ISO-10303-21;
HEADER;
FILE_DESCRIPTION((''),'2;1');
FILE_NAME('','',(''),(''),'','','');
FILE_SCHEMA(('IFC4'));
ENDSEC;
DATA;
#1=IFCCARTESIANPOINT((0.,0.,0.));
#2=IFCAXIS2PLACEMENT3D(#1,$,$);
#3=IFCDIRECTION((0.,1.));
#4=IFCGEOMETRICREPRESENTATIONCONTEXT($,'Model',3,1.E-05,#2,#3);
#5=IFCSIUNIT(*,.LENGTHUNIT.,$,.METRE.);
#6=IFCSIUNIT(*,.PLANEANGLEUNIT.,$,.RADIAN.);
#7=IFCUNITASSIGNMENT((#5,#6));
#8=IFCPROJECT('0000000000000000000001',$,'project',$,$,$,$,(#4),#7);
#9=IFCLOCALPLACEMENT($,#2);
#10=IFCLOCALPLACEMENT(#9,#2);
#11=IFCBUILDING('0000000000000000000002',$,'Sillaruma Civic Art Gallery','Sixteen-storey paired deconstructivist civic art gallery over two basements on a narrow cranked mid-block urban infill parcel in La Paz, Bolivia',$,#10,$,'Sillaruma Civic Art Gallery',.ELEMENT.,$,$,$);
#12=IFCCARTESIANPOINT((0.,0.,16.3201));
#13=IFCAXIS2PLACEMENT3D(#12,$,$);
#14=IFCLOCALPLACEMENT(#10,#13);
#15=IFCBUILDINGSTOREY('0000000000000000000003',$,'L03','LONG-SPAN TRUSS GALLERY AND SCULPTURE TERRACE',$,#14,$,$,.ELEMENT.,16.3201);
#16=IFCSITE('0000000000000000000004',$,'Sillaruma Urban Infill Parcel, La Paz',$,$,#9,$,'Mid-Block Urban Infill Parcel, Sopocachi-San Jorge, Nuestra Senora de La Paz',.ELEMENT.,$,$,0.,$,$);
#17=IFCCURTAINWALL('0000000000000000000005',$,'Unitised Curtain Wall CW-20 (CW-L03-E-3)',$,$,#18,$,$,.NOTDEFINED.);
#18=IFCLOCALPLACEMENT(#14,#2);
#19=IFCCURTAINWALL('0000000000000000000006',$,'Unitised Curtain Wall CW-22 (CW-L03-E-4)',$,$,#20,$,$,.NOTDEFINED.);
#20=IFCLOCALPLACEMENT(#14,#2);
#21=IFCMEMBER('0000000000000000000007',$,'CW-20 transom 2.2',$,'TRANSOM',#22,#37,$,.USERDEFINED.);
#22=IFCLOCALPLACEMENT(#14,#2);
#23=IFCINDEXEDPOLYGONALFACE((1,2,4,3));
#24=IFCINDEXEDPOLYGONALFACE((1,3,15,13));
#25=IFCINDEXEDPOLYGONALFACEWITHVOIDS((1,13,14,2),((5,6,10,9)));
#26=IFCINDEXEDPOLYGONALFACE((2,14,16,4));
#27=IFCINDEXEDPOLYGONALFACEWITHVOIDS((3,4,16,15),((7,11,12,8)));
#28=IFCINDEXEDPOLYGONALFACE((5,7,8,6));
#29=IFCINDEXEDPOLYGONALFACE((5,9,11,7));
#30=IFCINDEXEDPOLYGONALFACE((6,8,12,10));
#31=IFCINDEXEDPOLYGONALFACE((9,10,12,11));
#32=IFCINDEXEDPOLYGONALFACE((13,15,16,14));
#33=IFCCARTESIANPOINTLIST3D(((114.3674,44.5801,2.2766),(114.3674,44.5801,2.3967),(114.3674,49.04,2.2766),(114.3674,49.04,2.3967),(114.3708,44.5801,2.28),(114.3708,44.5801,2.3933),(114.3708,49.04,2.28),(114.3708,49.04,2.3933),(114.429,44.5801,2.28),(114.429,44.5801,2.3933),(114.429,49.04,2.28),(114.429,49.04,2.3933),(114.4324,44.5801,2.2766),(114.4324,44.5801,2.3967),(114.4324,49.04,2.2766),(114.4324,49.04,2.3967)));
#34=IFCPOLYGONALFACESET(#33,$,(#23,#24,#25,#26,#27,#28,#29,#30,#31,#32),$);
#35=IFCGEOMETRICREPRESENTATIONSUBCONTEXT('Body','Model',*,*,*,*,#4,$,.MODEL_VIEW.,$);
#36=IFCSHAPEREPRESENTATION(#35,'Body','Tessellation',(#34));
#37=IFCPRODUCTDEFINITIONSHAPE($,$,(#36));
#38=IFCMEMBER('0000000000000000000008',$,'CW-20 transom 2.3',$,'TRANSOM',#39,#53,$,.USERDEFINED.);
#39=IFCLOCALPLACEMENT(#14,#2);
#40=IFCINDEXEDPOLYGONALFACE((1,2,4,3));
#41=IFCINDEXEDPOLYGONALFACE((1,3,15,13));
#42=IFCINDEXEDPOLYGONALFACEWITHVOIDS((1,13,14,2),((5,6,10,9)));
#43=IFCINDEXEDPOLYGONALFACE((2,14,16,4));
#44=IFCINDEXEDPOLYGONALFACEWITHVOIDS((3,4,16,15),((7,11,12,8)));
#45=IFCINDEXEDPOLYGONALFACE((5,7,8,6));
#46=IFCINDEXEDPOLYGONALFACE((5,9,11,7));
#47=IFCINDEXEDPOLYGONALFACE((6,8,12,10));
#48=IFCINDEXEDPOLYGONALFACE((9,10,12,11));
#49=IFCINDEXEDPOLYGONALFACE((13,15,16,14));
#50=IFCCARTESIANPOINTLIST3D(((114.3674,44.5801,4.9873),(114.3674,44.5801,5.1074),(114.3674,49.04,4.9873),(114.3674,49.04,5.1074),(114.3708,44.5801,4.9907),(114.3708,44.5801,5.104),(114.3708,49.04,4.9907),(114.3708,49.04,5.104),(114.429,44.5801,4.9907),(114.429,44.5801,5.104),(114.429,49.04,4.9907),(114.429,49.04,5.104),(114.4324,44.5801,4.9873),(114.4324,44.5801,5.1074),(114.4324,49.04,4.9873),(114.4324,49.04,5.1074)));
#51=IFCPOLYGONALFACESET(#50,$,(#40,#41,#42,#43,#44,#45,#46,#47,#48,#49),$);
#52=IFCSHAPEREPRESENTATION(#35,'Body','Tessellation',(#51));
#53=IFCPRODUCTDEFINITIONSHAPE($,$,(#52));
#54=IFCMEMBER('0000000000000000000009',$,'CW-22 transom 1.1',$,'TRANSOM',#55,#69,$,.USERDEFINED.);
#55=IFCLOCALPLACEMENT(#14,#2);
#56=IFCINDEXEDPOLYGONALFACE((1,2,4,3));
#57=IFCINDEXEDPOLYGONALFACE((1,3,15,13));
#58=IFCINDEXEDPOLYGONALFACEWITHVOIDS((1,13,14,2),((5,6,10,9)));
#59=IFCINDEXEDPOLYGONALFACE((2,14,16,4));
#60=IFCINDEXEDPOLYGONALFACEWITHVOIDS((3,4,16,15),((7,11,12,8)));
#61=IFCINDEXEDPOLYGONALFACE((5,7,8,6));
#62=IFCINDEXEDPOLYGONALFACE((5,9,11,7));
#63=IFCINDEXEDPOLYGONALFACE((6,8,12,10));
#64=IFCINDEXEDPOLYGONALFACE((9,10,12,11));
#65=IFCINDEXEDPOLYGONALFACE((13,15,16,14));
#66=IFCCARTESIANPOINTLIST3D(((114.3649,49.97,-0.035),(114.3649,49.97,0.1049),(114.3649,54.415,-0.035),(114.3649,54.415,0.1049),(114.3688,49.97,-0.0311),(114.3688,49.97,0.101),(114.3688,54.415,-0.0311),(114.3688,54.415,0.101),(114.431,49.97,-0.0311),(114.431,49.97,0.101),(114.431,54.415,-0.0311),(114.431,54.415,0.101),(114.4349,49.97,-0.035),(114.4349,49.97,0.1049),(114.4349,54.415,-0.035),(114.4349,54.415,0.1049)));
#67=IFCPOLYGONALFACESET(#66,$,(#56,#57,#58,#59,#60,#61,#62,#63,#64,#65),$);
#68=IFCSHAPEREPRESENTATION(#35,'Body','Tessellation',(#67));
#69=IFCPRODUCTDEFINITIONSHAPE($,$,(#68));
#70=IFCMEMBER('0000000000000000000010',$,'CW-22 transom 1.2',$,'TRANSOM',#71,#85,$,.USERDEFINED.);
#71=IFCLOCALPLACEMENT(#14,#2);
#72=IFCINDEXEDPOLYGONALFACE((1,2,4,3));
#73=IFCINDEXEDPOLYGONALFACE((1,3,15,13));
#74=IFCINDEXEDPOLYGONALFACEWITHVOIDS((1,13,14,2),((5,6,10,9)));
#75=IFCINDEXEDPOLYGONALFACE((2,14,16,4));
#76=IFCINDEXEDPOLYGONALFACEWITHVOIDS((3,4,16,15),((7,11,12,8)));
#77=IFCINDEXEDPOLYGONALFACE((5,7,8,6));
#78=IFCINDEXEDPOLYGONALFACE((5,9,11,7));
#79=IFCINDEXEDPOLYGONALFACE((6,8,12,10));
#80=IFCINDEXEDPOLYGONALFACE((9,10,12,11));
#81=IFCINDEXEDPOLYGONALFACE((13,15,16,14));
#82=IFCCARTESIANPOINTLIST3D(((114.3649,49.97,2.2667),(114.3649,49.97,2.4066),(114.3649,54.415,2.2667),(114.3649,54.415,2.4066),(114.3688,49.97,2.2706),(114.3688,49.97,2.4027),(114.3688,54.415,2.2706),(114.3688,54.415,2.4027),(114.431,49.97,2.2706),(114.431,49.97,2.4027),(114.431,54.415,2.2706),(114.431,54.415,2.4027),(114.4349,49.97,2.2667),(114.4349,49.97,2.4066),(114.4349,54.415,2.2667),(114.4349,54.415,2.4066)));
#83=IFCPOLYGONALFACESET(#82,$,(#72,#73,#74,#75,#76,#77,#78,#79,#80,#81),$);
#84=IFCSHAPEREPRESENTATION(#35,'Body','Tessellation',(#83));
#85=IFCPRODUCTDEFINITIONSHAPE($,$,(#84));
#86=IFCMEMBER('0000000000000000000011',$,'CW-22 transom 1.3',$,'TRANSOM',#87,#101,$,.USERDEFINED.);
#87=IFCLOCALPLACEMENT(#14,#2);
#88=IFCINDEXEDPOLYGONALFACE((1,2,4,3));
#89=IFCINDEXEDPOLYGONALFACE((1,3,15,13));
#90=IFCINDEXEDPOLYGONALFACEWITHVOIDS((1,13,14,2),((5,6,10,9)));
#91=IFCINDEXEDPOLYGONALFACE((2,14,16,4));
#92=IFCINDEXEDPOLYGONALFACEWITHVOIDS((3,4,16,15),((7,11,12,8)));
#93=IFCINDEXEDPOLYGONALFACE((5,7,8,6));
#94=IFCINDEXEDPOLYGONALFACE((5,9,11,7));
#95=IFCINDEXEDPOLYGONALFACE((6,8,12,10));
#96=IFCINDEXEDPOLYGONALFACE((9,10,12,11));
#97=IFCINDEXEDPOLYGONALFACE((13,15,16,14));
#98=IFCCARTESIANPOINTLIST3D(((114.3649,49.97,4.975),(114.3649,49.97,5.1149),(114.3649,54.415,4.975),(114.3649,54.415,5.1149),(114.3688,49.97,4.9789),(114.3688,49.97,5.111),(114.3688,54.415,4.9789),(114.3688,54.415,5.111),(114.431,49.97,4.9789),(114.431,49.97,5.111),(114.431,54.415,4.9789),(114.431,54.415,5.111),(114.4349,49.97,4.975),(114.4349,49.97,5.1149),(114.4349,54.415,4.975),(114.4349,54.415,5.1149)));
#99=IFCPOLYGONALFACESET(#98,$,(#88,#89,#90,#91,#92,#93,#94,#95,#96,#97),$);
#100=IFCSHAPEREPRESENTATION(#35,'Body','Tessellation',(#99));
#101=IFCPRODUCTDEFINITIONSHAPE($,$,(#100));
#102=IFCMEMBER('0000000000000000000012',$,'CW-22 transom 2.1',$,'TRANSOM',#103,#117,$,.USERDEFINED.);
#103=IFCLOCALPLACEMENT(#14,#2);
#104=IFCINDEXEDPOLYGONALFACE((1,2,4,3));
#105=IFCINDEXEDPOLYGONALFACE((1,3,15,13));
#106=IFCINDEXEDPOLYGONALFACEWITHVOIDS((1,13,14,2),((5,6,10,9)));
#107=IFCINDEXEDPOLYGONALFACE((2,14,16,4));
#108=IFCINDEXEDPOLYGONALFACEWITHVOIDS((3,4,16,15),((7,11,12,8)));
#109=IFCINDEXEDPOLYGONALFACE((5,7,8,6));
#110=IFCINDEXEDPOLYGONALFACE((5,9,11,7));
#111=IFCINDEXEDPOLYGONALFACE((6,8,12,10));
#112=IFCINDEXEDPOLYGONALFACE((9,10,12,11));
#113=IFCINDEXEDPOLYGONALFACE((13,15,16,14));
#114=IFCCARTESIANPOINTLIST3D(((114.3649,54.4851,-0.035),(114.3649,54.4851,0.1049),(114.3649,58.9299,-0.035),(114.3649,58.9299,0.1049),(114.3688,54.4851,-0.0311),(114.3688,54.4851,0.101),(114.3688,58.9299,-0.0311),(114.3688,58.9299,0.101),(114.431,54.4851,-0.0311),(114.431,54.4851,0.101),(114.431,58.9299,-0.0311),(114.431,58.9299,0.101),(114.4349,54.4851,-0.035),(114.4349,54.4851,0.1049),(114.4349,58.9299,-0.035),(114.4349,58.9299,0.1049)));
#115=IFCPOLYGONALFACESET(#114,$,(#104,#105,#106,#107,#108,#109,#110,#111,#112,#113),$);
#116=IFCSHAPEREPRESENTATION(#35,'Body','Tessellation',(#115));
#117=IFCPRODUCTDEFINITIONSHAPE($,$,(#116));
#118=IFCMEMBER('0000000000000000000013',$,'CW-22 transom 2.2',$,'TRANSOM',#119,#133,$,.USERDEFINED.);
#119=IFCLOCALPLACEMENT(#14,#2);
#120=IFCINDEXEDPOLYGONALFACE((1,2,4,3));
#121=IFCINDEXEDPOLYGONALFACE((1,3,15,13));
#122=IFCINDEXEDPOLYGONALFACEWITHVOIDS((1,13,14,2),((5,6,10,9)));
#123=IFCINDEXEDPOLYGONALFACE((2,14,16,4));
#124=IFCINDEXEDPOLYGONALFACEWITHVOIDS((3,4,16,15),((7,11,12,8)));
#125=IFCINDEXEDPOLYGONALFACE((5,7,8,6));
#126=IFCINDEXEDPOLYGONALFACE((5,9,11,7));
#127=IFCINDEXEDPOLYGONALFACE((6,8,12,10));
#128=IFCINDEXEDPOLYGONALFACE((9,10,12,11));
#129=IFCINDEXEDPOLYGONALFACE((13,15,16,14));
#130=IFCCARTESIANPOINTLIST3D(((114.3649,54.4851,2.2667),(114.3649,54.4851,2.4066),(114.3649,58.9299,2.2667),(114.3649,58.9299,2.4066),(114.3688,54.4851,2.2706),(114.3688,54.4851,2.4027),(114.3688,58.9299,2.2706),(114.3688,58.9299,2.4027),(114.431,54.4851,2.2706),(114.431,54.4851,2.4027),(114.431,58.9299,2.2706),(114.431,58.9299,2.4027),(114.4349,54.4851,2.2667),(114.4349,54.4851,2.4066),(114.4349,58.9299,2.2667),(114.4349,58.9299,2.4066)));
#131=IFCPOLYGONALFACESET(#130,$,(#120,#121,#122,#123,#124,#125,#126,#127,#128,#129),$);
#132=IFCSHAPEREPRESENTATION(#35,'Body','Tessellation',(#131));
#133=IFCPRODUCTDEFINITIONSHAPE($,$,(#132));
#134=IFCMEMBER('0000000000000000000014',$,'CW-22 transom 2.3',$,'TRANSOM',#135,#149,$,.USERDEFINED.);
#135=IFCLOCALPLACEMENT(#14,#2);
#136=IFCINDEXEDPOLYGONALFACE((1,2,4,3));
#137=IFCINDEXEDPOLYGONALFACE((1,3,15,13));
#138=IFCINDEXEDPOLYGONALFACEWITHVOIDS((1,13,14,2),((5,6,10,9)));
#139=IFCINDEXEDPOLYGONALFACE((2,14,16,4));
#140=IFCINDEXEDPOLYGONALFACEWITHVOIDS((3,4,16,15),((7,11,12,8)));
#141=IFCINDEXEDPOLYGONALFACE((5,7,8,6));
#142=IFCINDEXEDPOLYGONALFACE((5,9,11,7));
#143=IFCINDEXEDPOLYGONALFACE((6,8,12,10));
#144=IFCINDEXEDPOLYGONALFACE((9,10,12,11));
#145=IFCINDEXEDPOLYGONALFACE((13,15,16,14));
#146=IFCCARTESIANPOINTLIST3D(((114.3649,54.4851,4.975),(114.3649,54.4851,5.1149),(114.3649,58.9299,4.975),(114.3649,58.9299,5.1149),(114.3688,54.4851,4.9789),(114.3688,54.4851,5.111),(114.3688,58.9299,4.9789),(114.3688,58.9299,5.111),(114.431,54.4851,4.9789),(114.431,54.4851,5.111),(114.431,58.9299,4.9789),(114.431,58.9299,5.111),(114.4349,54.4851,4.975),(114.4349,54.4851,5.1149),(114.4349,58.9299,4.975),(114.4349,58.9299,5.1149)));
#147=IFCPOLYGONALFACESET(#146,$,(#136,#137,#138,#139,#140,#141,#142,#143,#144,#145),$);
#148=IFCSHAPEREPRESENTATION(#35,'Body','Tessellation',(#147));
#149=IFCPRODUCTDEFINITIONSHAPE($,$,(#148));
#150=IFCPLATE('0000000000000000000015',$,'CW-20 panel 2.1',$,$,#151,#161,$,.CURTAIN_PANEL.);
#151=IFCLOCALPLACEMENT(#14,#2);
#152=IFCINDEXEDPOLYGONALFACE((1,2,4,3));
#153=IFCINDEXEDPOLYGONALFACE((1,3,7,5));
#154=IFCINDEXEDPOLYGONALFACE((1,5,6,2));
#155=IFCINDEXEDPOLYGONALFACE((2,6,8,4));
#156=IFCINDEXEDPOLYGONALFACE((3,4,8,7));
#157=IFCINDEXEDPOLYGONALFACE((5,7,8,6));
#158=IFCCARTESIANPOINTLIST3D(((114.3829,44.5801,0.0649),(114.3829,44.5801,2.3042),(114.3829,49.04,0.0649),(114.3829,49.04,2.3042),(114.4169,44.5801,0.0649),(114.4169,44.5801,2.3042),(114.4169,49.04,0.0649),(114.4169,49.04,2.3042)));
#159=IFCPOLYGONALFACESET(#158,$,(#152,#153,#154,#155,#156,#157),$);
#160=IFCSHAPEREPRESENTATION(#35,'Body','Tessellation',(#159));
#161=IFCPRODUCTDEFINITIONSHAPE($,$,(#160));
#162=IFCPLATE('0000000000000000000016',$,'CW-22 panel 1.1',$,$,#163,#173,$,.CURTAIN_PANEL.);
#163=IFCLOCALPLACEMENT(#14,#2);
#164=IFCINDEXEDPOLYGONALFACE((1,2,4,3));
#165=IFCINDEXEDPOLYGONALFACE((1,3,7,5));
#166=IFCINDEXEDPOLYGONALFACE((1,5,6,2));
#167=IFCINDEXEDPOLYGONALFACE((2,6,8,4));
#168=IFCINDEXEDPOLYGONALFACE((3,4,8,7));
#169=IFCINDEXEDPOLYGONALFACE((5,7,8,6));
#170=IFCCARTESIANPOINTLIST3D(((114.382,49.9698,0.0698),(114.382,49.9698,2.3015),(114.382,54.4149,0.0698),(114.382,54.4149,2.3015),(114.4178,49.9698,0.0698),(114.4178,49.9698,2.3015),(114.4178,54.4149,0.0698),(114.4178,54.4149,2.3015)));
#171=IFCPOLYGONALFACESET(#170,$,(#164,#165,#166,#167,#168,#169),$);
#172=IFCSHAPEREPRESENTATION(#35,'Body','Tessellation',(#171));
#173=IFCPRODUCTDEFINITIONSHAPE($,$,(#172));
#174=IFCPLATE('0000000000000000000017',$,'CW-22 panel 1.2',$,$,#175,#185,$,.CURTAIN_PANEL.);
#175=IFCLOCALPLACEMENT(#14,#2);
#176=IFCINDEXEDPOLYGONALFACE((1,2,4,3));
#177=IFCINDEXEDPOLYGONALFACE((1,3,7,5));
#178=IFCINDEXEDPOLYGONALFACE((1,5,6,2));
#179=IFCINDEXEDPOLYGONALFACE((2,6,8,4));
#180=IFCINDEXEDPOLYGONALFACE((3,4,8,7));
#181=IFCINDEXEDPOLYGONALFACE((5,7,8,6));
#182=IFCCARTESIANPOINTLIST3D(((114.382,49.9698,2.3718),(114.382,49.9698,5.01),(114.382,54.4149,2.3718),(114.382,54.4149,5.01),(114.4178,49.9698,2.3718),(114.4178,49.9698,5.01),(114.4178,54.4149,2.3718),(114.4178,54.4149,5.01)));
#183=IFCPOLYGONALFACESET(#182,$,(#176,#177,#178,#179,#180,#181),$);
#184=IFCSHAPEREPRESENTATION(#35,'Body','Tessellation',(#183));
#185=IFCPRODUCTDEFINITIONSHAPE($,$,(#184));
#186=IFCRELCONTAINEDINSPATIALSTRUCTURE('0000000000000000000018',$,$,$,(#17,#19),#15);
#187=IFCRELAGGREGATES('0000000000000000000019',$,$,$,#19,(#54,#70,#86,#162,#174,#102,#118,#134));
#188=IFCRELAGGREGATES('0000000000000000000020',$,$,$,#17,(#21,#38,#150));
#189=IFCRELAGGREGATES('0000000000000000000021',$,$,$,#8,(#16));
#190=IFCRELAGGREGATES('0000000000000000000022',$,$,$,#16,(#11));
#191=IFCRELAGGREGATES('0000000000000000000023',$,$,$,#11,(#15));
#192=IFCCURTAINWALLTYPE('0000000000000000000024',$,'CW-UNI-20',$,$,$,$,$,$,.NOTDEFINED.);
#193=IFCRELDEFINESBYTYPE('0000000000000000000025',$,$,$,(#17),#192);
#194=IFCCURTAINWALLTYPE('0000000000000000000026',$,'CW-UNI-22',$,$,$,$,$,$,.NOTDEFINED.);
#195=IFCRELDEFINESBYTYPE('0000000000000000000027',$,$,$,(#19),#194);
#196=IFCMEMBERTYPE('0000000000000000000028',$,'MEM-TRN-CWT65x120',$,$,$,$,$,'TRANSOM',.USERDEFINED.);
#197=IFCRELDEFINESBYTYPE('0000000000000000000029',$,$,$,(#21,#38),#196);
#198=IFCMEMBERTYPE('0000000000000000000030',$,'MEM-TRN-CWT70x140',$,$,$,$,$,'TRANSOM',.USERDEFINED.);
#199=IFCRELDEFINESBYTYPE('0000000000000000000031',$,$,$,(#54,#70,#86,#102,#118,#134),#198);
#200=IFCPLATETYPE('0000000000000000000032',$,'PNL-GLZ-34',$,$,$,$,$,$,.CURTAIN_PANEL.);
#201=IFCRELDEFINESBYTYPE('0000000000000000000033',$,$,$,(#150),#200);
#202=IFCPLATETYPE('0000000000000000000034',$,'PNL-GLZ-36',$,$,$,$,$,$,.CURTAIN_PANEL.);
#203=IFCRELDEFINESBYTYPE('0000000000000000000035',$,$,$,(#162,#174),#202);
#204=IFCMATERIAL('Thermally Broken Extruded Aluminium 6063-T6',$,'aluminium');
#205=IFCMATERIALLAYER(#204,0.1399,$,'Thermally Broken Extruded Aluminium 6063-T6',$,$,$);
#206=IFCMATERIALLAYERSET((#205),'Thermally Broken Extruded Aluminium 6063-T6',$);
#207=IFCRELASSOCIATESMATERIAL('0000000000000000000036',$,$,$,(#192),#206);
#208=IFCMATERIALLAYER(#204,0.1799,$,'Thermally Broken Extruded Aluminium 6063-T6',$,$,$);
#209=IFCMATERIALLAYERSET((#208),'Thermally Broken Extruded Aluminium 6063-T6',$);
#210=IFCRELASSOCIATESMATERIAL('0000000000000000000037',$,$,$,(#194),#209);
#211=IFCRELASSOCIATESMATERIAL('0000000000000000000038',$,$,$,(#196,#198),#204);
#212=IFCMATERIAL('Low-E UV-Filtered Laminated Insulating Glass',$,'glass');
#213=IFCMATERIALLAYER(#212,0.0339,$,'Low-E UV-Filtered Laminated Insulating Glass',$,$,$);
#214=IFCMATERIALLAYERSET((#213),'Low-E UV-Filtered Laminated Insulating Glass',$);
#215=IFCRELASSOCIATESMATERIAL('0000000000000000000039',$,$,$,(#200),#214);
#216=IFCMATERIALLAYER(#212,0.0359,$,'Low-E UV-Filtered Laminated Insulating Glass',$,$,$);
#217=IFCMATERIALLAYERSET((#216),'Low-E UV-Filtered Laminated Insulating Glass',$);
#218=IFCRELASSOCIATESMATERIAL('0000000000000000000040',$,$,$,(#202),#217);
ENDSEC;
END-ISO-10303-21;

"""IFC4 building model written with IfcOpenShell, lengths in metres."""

from ifc_helpers import new_model, si_unit, direction, frame, origin, origin_2d, place, context, subcontext, project, spatial, rectangle, hollow_rectangle, extrude, material, layer, layer_set, material_profile, profile_set, type_object, element, aggregate, save


model = new_model("IFC4")

# Units and contexts
model_context = context("Model", 3, precision=1e-05, world=origin(), true_north=direction((0.0, 1.0)))
body_context = subcontext(model_context, "Body", "Model", "MODEL_VIEW")
ifc_project = project(units=[si_unit("LENGTHUNIT", "METRE"), si_unit("PLANEANGLEUNIT", "RADIAN")], contexts=[model_context])

# Site, building, storey
site_placement = place(None, origin())
site = spatial("IfcSite", under=ifc_project, at=site_placement, Name="Sillaruma Urban Infill Parcel, La Paz", LongName="Mid-Block Urban Infill Parcel, Sopocachi-San Jorge, Nuestra Senora de La Paz", CompositionType="ELEMENT", RefElevation=0.0)
building_placement = place(site_placement, origin())
building = spatial("IfcBuilding", under=site, at=building_placement, Name="Sillaruma Civic Art Gallery", Description="Sixteen-storey paired deconstructivist civic art gallery over two basements on a narrow cranked mid-block urban infill parcel in La Paz, Bolivia", LongName="Sillaruma Civic Art Gallery", CompositionType="ELEMENT")
storey_placement = place(building_placement, frame((0.0, 0.0, 16.3201)))
storey = spatial("IfcBuildingStorey", under=building, at=storey_placement, Name="L03", Description="LONG-SPAN TRUSS GALLERY AND SCULPTURE TERRACE", CompositionType="ELEMENT", Elevation=16.3201)

# Curtain wall
ifc_material_1 = material(Name="Thermally Broken Extruded Aluminium 6063-T6", Category="aluminium")
ifc_layer_1 = layer(ifc_material_1, 0.1399, Name="Thermally Broken Extruded Aluminium 6063-T6")
ifc_layer_set_1 = layer_set([ifc_layer_1], Name="Thermally Broken Extruded Aluminium 6063-T6")
curtain_wall_type_1 = type_object("IfcCurtainWallType", Name="CW-UNI-20", PredefinedType="NOTDEFINED", material=ifc_layer_set_1)
curtain_wall_1_placement = place(storey_placement, origin())
curtain_wall_1 = element("IfcCurtainWall", 1, at=curtain_wall_1_placement, inside=storey, type_object=curtain_wall_type_1, Name="Unitised Curtain Wall CW-20 (CW-L03-E-3)", PredefinedType="NOTDEFINED")

# Curtain wall
ifc_layer_2 = layer(ifc_material_1, 0.1799, Name="Thermally Broken Extruded Aluminium 6063-T6")
ifc_layer_set_2 = layer_set([ifc_layer_2], Name="Thermally Broken Extruded Aluminium 6063-T6")
curtain_wall_type_2 = type_object("IfcCurtainWallType", Name="CW-UNI-22", PredefinedType="NOTDEFINED", material=ifc_layer_set_2)
curtain_wall_2_placement = place(storey_placement, origin())
curtain_wall_2 = element("IfcCurtainWall", 2, at=curtain_wall_2_placement, inside=storey, type_object=curtain_wall_type_2, Name="Unitised Curtain Wall CW-22 (CW-L03-E-4)", PredefinedType="NOTDEFINED")

# Members
ifc_material_profile_1 = material_profile(ifc_material_1, hollow_rectangle(XDim=0.0649, YDim=0.1201, WallThickness=0.0034, at=origin_2d()), Name="CWT65x120")
ifc_profile_set_1 = profile_set([ifc_material_profile_1], Name="Thermally Broken Extruded Aluminium 6063-T6")
member_type_1 = type_object("IfcMemberType", Name="MEM-TRN-CWT65x120", ElementType="TRANSOM", PredefinedType="USERDEFINED", material=ifc_profile_set_1)
member_1_placement = place(storey_placement, frame((114.3999, 44.5801, 2.3367), z_axis=(0.0, 1.0, 0.0), x_axis=(-1.0, 0.0, 0.0)))
member_1 = element("IfcMember", 3, at=member_1_placement, type_object=member_type_1, Name="CW-20 transom 2.2", ObjectType="TRANSOM", PredefinedType="USERDEFINED", context=body_context, shape_type="SweptSolid", body=[
    extrude(hollow_rectangle(XDim=0.0649, YDim=0.1201, WallThickness=0.0034, at=origin_2d()), origin(), (0.0, 0.0, 1.0), 4.46),
])
member_2_placement = place(storey_placement, frame((114.3999, 44.5801, 5.0474), z_axis=(0.0, 1.0, 0.0), x_axis=(-1.0, 0.0, 0.0)))
member_2 = element("IfcMember", 4, at=member_2_placement, type_object=member_type_1, Name="CW-20 transom 2.3", ObjectType="TRANSOM", PredefinedType="USERDEFINED", context=body_context, shape_type="SweptSolid", body=[
    extrude(hollow_rectangle(XDim=0.0649, YDim=0.1201, WallThickness=0.0034, at=origin_2d()), origin(), (0.0, 0.0, 1.0), 4.46),
])
ifc_material_profile_2 = material_profile(ifc_material_1, hollow_rectangle(XDim=0.0701, YDim=0.1399, WallThickness=0.0039, at=origin_2d()), Name="CWT70x140")
ifc_profile_set_2 = profile_set([ifc_material_profile_2], Name="Thermally Broken Extruded Aluminium 6063-T6")
member_type_2 = type_object("IfcMemberType", Name="MEM-TRN-CWT70x140", ElementType="TRANSOM", PredefinedType="USERDEFINED", material=ifc_profile_set_2)
member_3_placement = place(storey_placement, frame((114.3999, 49.97, 0.0349), z_axis=(0.0, 1.0, 0.0), x_axis=(-1.0, 0.0, 0.0)))
member_3 = element("IfcMember", 5, at=member_3_placement, type_object=member_type_2, Name="CW-22 transom 1.1", ObjectType="TRANSOM", PredefinedType="USERDEFINED", context=body_context, shape_type="SweptSolid", body=[
    extrude(hollow_rectangle(XDim=0.0701, YDim=0.1399, WallThickness=0.0039, at=origin_2d()), origin(), (0.0, 0.0, 1.0), 4.4451),
])
member_4_placement = place(storey_placement, frame((114.3999, 49.97, 2.3367), z_axis=(0.0, 1.0, 0.0), x_axis=(-1.0, 0.0, 0.0)))
member_4 = element("IfcMember", 6, at=member_4_placement, type_object=member_type_2, Name="CW-22 transom 1.2", ObjectType="TRANSOM", PredefinedType="USERDEFINED", context=body_context, shape_type="SweptSolid", body=[
    extrude(hollow_rectangle(XDim=0.0701, YDim=0.1399, WallThickness=0.0039, at=origin_2d()), origin(), (0.0, 0.0, 1.0), 4.4451),
])
member_5_placement = place(storey_placement, frame((114.3999, 49.97, 5.0449), z_axis=(0.0, 1.0, 0.0), x_axis=(-1.0, 0.0, 0.0)))
member_5 = element("IfcMember", 7, at=member_5_placement, type_object=member_type_2, Name="CW-22 transom 1.3", ObjectType="TRANSOM", PredefinedType="USERDEFINED", context=body_context, shape_type="SweptSolid", body=[
    extrude(hollow_rectangle(XDim=0.0701, YDim=0.1399, WallThickness=0.0039, at=origin_2d()), origin(), (0.0, 0.0, 1.0), 4.4451),
])
member_6_placement = place(storey_placement, frame((114.3999, 54.4851, 0.0349), z_axis=(0.0, 1.0, 0.0), x_axis=(-1.0, 0.0, 0.0)))
member_6 = element("IfcMember", 8, at=member_6_placement, type_object=member_type_2, Name="CW-22 transom 2.1", ObjectType="TRANSOM", PredefinedType="USERDEFINED", context=body_context, shape_type="SweptSolid", body=[
    extrude(hollow_rectangle(XDim=0.0701, YDim=0.1399, WallThickness=0.0039, at=origin_2d()), origin(), (0.0, 0.0, 1.0), 4.4448),
])
member_7_placement = place(storey_placement, frame((114.3999, 54.4851, 2.3367), z_axis=(0.0, 1.0, 0.0), x_axis=(-1.0, 0.0, 0.0)))
member_7 = element("IfcMember", 9, at=member_7_placement, type_object=member_type_2, Name="CW-22 transom 2.2", ObjectType="TRANSOM", PredefinedType="USERDEFINED", context=body_context, shape_type="SweptSolid", body=[
    extrude(hollow_rectangle(XDim=0.0701, YDim=0.1399, WallThickness=0.0039, at=origin_2d()), origin(), (0.0, 0.0, 1.0), 4.4448),
])
member_8_placement = place(storey_placement, frame((114.3999, 54.4851, 5.0449), z_axis=(0.0, 1.0, 0.0), x_axis=(-1.0, 0.0, 0.0)))
member_8 = element("IfcMember", 10, at=member_8_placement, type_object=member_type_2, Name="CW-22 transom 2.3", ObjectType="TRANSOM", PredefinedType="USERDEFINED", context=body_context, shape_type="SweptSolid", body=[
    extrude(hollow_rectangle(XDim=0.0701, YDim=0.1399, WallThickness=0.0039, at=origin_2d()), origin(), (0.0, 0.0, 1.0), 4.4448),
])

# Plates
ifc_material_2 = material(Name="Low-E UV-Filtered Laminated Insulating Glass", Category="glass")
ifc_layer_3 = layer(ifc_material_2, 0.0339, Name="Low-E UV-Filtered Laminated Insulating Glass")
ifc_layer_set_3 = layer_set([ifc_layer_3], Name="Low-E UV-Filtered Laminated Insulating Glass")
plate_type_1 = type_object("IfcPlateType", Name="PNL-GLZ-34", PredefinedType="CURTAIN_PANEL", material=ifc_layer_set_3)
plate_1_placement = place(storey_placement, frame((114.3999, 46.8101, 0.0649), z_axis=(0.0, 0.0, 1.0), x_axis=(0.0, 1.0, 0.0)))
plate_1 = element("IfcPlate", 11, at=plate_1_placement, type_object=plate_type_1, Name="CW-20 panel 2.1", PredefinedType="CURTAIN_PANEL", context=body_context, shape_type="SweptSolid", body=[
    extrude(rectangle(XDim=4.46, YDim=0.0339, at=origin_2d()), origin(), (0.0, 0.0, 1.0), 2.2393),
])
ifc_layer_4 = layer(ifc_material_2, 0.0359, Name="Low-E UV-Filtered Laminated Insulating Glass")
ifc_layer_set_4 = layer_set([ifc_layer_4], Name="Low-E UV-Filtered Laminated Insulating Glass")
plate_type_2 = type_object("IfcPlateType", Name="PNL-GLZ-36", PredefinedType="CURTAIN_PANEL", material=ifc_layer_set_4)
plate_2_placement = place(storey_placement, frame((114.3999, 52.1924, 0.0698), z_axis=(0.0, 0.0, 1.0), x_axis=(0.0, 1.0, 0.0)))
plate_2 = element("IfcPlate", 12, at=plate_2_placement, type_object=plate_type_2, Name="CW-22 panel 1.1", PredefinedType="CURTAIN_PANEL", context=body_context, shape_type="SweptSolid", body=[
    extrude(rectangle(XDim=4.4451, YDim=0.0359, at=origin_2d()), origin(), (0.0, 0.0, 1.0), 2.2317),
])
plate_3_placement = place(storey_placement, frame((114.3999, 52.1924, 2.3718), z_axis=(0.0, 0.0, 1.0), x_axis=(0.0, 1.0, 0.0)))
plate_3 = element("IfcPlate", 13, at=plate_3_placement, type_object=plate_type_2, Name="CW-22 panel 1.2", PredefinedType="CURTAIN_PANEL", context=body_context, shape_type="SweptSolid", body=[
    extrude(rectangle(XDim=4.4451, YDim=0.0359, at=origin_2d()), origin(), (0.0, 0.0, 1.0), 2.6382),
])
aggregate(curtain_wall_2, [member_3, member_4, member_5, plate_2, plate_3, member_6, member_7, member_8])
aggregate(curtain_wall_1, [member_1, member_2, plate_1])

save(model, "model.ifc")
